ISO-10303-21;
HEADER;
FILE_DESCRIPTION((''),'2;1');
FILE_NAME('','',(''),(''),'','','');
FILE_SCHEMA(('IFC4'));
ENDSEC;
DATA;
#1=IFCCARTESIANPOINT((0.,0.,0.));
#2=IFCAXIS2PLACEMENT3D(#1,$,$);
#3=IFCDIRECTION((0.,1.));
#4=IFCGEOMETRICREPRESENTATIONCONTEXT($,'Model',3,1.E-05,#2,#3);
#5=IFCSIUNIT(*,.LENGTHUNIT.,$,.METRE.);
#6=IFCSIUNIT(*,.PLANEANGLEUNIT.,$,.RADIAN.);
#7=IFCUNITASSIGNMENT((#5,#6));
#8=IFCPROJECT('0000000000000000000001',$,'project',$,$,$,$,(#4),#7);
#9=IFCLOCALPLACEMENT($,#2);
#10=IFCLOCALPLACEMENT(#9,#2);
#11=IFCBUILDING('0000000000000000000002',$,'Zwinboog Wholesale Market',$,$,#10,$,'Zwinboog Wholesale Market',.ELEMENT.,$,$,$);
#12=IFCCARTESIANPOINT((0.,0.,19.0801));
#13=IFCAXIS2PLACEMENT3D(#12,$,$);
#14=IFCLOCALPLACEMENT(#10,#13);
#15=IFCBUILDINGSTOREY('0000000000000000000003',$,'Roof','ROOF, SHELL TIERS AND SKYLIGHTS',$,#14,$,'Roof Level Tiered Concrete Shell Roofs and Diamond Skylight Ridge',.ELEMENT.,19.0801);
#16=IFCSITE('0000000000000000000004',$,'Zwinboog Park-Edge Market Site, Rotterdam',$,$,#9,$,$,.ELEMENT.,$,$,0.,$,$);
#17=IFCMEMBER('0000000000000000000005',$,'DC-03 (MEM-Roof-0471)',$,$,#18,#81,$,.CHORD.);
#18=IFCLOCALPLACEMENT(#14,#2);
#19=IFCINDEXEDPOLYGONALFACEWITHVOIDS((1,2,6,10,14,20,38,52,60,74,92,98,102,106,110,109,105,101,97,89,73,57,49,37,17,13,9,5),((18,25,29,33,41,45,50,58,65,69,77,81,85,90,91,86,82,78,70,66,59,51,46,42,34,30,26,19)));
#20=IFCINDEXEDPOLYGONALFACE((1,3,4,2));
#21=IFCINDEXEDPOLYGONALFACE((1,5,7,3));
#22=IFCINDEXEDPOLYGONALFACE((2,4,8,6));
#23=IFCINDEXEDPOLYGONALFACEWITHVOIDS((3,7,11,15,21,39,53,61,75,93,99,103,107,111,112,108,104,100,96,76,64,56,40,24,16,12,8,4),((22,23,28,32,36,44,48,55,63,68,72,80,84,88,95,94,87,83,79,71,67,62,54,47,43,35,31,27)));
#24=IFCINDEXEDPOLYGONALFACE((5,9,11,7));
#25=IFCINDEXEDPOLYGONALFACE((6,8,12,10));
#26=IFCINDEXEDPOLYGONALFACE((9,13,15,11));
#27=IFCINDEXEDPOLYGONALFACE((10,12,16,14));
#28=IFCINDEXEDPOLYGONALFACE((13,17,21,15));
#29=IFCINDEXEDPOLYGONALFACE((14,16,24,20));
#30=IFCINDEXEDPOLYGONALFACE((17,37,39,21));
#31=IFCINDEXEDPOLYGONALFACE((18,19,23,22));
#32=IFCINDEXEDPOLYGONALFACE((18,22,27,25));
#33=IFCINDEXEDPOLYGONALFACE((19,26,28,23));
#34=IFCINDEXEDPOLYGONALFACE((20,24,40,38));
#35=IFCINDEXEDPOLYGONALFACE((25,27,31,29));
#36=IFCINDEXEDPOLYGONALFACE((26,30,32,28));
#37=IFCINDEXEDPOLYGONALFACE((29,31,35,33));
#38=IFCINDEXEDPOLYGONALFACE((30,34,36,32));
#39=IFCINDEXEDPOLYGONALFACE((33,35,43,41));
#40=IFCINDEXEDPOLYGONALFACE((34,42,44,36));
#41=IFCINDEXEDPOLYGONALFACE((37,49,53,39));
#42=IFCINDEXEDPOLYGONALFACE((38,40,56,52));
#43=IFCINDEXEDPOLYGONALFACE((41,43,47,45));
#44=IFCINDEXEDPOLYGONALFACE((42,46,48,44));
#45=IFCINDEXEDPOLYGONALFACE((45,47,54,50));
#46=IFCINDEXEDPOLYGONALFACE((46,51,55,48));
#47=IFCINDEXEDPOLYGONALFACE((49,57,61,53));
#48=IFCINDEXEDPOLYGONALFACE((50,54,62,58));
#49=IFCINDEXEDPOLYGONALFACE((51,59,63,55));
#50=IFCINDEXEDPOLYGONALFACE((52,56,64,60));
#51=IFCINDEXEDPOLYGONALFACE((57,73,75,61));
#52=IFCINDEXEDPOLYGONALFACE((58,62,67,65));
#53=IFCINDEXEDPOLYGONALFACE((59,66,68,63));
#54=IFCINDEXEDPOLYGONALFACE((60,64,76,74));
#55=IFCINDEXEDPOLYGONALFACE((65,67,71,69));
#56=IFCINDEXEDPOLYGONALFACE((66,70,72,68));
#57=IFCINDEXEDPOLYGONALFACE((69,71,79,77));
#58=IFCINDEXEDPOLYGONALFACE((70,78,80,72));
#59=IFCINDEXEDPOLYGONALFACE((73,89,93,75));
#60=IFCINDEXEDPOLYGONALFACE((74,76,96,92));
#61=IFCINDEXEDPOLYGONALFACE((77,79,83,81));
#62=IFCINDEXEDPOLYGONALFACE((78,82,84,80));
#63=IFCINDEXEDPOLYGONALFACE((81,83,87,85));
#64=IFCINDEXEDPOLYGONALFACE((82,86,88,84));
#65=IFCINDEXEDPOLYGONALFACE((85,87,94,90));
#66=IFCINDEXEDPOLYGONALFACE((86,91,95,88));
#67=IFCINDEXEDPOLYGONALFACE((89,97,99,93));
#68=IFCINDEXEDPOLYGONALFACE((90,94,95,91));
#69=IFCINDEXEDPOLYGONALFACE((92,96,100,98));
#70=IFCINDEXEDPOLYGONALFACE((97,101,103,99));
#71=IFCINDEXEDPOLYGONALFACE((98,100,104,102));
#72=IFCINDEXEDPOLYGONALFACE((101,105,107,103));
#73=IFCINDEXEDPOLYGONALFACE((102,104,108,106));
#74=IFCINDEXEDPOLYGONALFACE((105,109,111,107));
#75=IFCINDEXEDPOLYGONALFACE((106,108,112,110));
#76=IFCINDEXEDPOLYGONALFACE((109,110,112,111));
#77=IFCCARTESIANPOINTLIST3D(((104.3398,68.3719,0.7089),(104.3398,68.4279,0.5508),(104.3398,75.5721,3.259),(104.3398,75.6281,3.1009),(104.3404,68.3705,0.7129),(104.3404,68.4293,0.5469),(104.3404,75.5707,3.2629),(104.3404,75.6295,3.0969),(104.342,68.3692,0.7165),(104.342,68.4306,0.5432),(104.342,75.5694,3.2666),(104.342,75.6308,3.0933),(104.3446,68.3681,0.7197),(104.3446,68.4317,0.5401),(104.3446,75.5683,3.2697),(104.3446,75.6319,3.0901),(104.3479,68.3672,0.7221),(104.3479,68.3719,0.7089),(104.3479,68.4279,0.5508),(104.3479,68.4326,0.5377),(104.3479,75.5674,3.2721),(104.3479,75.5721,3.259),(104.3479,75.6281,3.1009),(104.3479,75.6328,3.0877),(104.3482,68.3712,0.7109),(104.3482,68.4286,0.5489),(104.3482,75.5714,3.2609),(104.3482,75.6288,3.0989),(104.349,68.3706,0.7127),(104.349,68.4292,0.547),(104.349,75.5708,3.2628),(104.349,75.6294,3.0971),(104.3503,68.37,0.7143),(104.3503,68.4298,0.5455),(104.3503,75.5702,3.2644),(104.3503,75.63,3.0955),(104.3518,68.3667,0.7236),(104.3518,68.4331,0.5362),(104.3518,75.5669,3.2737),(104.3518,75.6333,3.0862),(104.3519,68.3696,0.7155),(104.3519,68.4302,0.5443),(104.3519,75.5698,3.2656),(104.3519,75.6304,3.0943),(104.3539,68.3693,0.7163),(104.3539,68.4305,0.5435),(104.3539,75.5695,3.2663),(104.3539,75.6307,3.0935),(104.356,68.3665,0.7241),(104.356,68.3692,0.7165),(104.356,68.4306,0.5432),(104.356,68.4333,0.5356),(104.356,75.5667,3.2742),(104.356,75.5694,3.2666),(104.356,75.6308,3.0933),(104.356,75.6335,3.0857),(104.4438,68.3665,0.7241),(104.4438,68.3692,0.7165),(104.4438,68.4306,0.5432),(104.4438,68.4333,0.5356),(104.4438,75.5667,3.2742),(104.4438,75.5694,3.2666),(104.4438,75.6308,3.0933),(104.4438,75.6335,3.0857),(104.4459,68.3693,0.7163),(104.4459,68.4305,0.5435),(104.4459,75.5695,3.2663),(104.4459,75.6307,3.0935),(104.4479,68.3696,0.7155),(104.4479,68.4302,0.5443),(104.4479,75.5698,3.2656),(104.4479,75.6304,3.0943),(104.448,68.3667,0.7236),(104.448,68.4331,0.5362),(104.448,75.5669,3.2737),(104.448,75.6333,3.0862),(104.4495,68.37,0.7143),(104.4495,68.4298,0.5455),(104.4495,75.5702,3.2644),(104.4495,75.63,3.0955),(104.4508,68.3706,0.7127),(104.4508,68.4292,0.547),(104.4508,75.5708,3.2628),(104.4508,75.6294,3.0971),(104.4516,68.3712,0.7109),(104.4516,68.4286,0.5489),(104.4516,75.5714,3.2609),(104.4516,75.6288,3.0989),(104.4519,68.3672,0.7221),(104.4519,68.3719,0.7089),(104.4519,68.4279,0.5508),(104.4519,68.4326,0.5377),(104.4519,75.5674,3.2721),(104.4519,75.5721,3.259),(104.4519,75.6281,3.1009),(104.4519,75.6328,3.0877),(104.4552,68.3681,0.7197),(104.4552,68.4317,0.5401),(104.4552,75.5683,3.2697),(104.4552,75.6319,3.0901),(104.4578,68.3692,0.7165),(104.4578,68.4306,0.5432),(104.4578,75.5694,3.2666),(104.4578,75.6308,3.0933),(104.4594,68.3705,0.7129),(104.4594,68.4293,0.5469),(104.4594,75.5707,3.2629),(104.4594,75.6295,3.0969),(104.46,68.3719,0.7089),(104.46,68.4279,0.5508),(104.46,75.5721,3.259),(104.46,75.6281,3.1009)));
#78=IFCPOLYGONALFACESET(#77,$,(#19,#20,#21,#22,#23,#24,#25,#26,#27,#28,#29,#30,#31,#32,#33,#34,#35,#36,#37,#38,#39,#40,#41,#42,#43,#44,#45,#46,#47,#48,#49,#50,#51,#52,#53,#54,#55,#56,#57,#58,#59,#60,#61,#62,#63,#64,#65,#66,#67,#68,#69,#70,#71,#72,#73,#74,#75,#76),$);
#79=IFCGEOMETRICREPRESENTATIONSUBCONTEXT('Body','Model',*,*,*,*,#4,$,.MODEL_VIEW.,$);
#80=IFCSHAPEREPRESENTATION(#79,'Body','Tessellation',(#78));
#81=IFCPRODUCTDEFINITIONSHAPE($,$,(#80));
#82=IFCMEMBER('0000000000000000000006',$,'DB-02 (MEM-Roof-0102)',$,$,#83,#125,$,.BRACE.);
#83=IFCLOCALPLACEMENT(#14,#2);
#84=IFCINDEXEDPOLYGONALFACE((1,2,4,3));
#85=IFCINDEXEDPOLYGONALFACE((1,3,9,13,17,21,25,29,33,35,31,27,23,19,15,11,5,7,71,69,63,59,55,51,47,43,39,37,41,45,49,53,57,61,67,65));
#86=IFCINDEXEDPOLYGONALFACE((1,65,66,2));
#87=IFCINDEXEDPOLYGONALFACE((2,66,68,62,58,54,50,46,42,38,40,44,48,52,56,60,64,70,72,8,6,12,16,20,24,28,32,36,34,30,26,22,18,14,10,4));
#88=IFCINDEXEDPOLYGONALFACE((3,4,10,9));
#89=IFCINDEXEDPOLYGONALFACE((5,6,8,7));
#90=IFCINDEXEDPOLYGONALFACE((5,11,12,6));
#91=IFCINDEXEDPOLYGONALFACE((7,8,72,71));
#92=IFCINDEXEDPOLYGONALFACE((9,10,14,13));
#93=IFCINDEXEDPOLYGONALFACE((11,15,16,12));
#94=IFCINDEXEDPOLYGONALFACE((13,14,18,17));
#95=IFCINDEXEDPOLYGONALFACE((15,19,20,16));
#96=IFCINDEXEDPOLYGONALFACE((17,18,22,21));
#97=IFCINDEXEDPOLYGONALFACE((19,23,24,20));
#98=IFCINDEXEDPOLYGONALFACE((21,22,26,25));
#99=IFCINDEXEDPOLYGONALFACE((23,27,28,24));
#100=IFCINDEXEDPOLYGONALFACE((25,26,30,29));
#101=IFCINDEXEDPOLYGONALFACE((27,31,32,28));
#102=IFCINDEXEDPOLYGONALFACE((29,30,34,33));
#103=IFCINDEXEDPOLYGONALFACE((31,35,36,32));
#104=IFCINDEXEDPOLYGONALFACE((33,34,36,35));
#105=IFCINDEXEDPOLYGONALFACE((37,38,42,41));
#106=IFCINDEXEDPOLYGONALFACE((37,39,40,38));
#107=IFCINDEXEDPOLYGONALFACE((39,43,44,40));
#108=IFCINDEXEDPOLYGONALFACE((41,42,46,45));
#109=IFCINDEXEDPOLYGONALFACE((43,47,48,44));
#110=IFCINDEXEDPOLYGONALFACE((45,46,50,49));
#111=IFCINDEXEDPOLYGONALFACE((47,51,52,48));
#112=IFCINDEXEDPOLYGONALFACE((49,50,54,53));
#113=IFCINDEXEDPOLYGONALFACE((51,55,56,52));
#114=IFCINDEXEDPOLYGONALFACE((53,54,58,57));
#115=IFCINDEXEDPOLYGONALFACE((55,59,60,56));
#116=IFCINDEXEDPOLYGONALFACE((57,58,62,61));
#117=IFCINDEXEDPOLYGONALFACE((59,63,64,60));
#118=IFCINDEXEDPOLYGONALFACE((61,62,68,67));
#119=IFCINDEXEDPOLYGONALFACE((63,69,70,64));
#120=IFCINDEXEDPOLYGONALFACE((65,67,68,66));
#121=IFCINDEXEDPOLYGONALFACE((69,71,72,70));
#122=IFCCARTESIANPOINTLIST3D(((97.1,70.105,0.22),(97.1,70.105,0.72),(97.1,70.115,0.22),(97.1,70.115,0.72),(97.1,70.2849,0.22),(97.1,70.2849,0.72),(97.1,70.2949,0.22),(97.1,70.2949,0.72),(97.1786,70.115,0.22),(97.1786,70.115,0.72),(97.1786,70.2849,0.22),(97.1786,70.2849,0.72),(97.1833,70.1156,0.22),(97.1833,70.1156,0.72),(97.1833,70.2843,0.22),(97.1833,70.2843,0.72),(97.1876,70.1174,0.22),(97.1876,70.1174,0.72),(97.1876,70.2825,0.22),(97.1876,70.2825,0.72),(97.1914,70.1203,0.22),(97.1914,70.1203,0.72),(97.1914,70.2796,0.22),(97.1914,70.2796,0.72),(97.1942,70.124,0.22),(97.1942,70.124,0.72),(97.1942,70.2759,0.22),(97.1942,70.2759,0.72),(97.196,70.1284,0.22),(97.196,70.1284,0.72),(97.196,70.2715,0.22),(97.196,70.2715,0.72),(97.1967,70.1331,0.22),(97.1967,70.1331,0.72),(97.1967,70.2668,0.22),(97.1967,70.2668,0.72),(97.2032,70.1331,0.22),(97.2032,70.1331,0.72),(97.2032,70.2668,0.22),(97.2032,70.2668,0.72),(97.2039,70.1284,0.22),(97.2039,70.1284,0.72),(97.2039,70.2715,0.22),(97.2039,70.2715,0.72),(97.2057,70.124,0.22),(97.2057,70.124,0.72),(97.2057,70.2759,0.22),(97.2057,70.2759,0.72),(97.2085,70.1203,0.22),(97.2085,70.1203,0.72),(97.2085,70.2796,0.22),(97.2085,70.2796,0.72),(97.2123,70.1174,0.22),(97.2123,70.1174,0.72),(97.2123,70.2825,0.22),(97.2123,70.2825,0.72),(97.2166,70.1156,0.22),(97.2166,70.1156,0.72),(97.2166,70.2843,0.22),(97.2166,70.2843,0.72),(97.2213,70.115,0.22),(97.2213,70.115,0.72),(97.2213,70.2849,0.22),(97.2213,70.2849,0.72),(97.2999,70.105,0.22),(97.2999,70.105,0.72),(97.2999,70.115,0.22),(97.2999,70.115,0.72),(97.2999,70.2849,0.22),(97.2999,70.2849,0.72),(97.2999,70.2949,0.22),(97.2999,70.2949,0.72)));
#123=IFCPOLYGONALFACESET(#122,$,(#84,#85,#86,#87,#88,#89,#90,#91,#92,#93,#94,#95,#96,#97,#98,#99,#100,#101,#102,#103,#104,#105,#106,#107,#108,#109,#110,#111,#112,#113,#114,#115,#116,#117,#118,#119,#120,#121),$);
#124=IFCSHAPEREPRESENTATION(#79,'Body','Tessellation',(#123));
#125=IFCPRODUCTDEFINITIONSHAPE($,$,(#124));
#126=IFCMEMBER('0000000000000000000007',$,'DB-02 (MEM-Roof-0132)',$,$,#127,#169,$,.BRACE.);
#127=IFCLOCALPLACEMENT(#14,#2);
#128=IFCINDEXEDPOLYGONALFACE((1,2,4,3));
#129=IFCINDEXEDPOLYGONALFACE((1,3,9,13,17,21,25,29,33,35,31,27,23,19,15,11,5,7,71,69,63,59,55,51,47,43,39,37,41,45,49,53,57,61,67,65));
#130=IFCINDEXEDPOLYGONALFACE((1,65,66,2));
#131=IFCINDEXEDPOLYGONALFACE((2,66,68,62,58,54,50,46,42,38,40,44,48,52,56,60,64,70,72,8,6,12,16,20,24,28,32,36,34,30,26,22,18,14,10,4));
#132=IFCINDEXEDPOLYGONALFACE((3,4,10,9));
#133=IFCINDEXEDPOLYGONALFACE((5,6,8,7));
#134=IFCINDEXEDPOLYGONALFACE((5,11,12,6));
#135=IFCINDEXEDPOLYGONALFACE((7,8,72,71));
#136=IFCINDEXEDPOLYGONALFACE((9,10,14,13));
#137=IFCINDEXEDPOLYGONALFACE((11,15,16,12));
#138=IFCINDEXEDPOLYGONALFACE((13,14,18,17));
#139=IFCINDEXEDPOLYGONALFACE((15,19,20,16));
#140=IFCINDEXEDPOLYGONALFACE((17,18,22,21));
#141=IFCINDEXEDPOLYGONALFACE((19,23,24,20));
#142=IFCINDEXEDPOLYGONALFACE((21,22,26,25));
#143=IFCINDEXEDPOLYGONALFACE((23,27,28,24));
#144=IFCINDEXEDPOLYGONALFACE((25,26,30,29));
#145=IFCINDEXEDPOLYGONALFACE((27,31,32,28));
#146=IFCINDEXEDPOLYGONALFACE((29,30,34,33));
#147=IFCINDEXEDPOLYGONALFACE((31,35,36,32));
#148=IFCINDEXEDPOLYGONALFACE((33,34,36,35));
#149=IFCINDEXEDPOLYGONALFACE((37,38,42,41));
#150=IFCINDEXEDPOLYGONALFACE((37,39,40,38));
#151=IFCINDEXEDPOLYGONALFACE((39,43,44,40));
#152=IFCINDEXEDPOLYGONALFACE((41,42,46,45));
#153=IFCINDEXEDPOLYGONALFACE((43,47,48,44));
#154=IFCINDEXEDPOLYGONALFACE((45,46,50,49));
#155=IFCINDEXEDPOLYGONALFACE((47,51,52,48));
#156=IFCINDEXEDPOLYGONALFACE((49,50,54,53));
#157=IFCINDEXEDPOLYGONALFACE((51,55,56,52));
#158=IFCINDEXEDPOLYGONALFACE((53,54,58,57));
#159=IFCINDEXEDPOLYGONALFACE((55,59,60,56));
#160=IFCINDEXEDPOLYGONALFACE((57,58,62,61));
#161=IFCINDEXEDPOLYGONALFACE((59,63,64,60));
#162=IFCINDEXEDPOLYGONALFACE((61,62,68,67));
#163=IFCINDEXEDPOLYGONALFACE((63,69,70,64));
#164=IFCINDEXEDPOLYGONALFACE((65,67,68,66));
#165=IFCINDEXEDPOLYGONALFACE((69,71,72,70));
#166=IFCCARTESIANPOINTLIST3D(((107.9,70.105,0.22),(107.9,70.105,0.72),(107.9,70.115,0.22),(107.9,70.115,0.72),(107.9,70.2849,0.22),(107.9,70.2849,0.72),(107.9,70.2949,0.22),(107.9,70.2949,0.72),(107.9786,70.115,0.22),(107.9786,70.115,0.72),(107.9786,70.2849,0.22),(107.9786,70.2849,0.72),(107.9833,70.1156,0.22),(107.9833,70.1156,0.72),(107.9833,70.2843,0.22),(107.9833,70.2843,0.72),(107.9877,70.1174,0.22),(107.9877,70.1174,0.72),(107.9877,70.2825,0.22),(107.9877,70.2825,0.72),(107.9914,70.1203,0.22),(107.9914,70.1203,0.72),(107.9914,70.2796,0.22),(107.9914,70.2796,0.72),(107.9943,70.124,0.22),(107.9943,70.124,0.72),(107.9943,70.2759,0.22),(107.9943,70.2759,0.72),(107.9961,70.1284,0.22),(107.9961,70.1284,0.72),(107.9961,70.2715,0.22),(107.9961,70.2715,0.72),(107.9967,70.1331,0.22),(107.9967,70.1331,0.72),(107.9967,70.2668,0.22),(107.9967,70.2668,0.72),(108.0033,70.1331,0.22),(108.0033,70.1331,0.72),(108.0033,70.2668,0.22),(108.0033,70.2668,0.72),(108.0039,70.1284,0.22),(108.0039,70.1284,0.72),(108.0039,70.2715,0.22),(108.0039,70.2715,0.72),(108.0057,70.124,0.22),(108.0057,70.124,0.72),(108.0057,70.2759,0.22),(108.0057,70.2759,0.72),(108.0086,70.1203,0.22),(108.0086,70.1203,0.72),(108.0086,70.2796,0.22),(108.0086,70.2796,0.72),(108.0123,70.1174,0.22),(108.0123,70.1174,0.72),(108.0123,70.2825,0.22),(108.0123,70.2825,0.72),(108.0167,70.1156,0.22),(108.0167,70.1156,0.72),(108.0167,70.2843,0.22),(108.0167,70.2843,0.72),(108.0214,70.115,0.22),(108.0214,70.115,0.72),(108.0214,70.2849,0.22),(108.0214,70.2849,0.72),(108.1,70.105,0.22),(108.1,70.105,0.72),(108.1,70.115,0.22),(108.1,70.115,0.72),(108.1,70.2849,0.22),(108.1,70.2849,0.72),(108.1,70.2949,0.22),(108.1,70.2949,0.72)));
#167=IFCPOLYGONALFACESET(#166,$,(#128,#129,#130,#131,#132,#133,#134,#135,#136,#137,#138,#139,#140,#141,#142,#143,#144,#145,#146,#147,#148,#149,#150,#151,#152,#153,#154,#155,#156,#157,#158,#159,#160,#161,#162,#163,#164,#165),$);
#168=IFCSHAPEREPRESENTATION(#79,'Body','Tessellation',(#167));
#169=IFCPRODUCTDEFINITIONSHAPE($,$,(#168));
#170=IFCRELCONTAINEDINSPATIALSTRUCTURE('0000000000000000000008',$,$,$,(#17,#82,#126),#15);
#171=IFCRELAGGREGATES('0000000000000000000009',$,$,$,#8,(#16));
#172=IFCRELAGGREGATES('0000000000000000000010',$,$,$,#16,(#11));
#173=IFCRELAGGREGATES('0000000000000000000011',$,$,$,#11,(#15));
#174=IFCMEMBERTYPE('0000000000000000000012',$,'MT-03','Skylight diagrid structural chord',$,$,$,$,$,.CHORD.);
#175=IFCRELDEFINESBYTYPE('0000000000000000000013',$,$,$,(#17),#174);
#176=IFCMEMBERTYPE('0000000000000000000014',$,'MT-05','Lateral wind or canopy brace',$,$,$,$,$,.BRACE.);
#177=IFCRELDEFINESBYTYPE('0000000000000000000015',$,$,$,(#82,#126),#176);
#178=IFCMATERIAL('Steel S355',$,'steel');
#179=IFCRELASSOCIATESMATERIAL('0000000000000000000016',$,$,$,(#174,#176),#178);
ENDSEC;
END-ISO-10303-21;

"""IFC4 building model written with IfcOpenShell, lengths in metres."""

from ifc_helpers import new_model, si_unit, direction, frame, origin, origin_2d, place, context, subcontext, project, spatial, hollow_rectangle, i_section, extrude, material, material_profile, profile_set, type_object, element, save


model = new_model("IFC4")

# Units and contexts
model_context = context("Model", 3, precision=1e-05, world=origin(), true_north=direction((0.0, 1.0)))
body_context = subcontext(model_context, "Body", "Model", "MODEL_VIEW")
ifc_project = project(units=[si_unit("LENGTHUNIT", "METRE"), si_unit("PLANEANGLEUNIT", "RADIAN")], contexts=[model_context])

# Site, building, storey
site_placement = place(None, origin())
site = spatial("IfcSite", under=ifc_project, at=site_placement, Name="Zwinboog Park-Edge Market Site, Rotterdam", CompositionType="ELEMENT", RefElevation=0.0)
building_placement = place(site_placement, origin())
building = spatial("IfcBuilding", under=site, at=building_placement, Name="Zwinboog Wholesale Market", LongName="Zwinboog Wholesale Market", CompositionType="ELEMENT")
storey_placement = place(building_placement, frame((0.0, 0.0, 19.0801)))
storey = spatial("IfcBuildingStorey", under=building, at=storey_placement, Name="Roof", Description="ROOF, SHELL TIERS AND SKYLIGHTS", LongName="Roof Level Tiered Concrete Shell Roofs and Diamond Skylight Ridge", CompositionType="ELEMENT", Elevation=19.0801)

# Members
ifc_material_1 = material(Name="Steel S355", Category="steel")
ifc_material_profile_1 = material_profile(ifc_material_1, hollow_rectangle(XDim=0.1201, YDim=0.2, WallThickness=0.0081, InnerFilletRadius=0.0081, OuterFilletRadius=0.0161, at=origin_2d()), Name="RHS 200x120x8")
ifc_profile_set_1 = profile_set([ifc_material_profile_1], Name="Steel S355")
member_type_1 = type_object("IfcMemberType", Name="MT-03", Description="Skylight diagrid structural chord", PredefinedType="CHORD", material=ifc_profile_set_1)
for number, where, z_axis, x_axis, name in (
    (1, (104.3999, 68.3999, 0.6299), (0.0, 0.942628, 0.333845), (-1.0, 0.0, 0.0), "DC-03 (MEM-Roof-0471)"),
):
    element("IfcMember", number, at=place(storey_placement, frame(where, z_axis=z_axis, x_axis=x_axis)), inside=storey, type_object=member_type_1, Name=name, PredefinedType="CHORD", context=body_context, shape_type="SweptSolid", body=[
        extrude(hollow_rectangle(XDim=0.1201, YDim=0.2, WallThickness=0.0081, InnerFilletRadius=0.0081, OuterFilletRadius=0.0161, at=origin_2d()), origin(), (0.0, 0.0, 1.0), 7.6384),
    ])
ifc_material_profile_2 = material_profile(ifc_material_1, i_section(OverallWidth=0.2, OverallDepth=0.1899, WebThickness=0.0066, FlangeThickness=0.01, FilletRadius=0.0181, at=origin_2d()), Name="HEA 200")
ifc_profile_set_2 = profile_set([ifc_material_profile_2], Name="Steel S355")
member_type_2 = type_object("IfcMemberType", Name="MT-05", Description="Lateral wind or canopy brace", PredefinedType="BRACE", material=ifc_profile_set_2)
for number, where, z_axis, x_axis, name in (
    (2, (97.2, 70.2, 0.22), (0.0, 0.0, 1.0), (1.0, 0.0, 0.0), "DB-02 (MEM-Roof-0102)"),
    (3, (108.0, 70.2, 0.22), (0.0, 0.0, 1.0), (1.0, 0.0, 0.0), "DB-02 (MEM-Roof-0132)"),
):
    element("IfcMember", number, at=place(storey_placement, frame(where, z_axis=z_axis, x_axis=x_axis)), inside=storey, type_object=member_type_2, Name=name, PredefinedType="BRACE", context=body_context, shape_type="SweptSolid", body=[
        extrude(i_section(OverallWidth=0.2, OverallDepth=0.1899, WebThickness=0.0066, FlangeThickness=0.01, FilletRadius=0.0181, at=origin_2d()), origin(), (0.0, 0.0, 1.0), 0.5),
    ])

save(model, "model.ifc")
